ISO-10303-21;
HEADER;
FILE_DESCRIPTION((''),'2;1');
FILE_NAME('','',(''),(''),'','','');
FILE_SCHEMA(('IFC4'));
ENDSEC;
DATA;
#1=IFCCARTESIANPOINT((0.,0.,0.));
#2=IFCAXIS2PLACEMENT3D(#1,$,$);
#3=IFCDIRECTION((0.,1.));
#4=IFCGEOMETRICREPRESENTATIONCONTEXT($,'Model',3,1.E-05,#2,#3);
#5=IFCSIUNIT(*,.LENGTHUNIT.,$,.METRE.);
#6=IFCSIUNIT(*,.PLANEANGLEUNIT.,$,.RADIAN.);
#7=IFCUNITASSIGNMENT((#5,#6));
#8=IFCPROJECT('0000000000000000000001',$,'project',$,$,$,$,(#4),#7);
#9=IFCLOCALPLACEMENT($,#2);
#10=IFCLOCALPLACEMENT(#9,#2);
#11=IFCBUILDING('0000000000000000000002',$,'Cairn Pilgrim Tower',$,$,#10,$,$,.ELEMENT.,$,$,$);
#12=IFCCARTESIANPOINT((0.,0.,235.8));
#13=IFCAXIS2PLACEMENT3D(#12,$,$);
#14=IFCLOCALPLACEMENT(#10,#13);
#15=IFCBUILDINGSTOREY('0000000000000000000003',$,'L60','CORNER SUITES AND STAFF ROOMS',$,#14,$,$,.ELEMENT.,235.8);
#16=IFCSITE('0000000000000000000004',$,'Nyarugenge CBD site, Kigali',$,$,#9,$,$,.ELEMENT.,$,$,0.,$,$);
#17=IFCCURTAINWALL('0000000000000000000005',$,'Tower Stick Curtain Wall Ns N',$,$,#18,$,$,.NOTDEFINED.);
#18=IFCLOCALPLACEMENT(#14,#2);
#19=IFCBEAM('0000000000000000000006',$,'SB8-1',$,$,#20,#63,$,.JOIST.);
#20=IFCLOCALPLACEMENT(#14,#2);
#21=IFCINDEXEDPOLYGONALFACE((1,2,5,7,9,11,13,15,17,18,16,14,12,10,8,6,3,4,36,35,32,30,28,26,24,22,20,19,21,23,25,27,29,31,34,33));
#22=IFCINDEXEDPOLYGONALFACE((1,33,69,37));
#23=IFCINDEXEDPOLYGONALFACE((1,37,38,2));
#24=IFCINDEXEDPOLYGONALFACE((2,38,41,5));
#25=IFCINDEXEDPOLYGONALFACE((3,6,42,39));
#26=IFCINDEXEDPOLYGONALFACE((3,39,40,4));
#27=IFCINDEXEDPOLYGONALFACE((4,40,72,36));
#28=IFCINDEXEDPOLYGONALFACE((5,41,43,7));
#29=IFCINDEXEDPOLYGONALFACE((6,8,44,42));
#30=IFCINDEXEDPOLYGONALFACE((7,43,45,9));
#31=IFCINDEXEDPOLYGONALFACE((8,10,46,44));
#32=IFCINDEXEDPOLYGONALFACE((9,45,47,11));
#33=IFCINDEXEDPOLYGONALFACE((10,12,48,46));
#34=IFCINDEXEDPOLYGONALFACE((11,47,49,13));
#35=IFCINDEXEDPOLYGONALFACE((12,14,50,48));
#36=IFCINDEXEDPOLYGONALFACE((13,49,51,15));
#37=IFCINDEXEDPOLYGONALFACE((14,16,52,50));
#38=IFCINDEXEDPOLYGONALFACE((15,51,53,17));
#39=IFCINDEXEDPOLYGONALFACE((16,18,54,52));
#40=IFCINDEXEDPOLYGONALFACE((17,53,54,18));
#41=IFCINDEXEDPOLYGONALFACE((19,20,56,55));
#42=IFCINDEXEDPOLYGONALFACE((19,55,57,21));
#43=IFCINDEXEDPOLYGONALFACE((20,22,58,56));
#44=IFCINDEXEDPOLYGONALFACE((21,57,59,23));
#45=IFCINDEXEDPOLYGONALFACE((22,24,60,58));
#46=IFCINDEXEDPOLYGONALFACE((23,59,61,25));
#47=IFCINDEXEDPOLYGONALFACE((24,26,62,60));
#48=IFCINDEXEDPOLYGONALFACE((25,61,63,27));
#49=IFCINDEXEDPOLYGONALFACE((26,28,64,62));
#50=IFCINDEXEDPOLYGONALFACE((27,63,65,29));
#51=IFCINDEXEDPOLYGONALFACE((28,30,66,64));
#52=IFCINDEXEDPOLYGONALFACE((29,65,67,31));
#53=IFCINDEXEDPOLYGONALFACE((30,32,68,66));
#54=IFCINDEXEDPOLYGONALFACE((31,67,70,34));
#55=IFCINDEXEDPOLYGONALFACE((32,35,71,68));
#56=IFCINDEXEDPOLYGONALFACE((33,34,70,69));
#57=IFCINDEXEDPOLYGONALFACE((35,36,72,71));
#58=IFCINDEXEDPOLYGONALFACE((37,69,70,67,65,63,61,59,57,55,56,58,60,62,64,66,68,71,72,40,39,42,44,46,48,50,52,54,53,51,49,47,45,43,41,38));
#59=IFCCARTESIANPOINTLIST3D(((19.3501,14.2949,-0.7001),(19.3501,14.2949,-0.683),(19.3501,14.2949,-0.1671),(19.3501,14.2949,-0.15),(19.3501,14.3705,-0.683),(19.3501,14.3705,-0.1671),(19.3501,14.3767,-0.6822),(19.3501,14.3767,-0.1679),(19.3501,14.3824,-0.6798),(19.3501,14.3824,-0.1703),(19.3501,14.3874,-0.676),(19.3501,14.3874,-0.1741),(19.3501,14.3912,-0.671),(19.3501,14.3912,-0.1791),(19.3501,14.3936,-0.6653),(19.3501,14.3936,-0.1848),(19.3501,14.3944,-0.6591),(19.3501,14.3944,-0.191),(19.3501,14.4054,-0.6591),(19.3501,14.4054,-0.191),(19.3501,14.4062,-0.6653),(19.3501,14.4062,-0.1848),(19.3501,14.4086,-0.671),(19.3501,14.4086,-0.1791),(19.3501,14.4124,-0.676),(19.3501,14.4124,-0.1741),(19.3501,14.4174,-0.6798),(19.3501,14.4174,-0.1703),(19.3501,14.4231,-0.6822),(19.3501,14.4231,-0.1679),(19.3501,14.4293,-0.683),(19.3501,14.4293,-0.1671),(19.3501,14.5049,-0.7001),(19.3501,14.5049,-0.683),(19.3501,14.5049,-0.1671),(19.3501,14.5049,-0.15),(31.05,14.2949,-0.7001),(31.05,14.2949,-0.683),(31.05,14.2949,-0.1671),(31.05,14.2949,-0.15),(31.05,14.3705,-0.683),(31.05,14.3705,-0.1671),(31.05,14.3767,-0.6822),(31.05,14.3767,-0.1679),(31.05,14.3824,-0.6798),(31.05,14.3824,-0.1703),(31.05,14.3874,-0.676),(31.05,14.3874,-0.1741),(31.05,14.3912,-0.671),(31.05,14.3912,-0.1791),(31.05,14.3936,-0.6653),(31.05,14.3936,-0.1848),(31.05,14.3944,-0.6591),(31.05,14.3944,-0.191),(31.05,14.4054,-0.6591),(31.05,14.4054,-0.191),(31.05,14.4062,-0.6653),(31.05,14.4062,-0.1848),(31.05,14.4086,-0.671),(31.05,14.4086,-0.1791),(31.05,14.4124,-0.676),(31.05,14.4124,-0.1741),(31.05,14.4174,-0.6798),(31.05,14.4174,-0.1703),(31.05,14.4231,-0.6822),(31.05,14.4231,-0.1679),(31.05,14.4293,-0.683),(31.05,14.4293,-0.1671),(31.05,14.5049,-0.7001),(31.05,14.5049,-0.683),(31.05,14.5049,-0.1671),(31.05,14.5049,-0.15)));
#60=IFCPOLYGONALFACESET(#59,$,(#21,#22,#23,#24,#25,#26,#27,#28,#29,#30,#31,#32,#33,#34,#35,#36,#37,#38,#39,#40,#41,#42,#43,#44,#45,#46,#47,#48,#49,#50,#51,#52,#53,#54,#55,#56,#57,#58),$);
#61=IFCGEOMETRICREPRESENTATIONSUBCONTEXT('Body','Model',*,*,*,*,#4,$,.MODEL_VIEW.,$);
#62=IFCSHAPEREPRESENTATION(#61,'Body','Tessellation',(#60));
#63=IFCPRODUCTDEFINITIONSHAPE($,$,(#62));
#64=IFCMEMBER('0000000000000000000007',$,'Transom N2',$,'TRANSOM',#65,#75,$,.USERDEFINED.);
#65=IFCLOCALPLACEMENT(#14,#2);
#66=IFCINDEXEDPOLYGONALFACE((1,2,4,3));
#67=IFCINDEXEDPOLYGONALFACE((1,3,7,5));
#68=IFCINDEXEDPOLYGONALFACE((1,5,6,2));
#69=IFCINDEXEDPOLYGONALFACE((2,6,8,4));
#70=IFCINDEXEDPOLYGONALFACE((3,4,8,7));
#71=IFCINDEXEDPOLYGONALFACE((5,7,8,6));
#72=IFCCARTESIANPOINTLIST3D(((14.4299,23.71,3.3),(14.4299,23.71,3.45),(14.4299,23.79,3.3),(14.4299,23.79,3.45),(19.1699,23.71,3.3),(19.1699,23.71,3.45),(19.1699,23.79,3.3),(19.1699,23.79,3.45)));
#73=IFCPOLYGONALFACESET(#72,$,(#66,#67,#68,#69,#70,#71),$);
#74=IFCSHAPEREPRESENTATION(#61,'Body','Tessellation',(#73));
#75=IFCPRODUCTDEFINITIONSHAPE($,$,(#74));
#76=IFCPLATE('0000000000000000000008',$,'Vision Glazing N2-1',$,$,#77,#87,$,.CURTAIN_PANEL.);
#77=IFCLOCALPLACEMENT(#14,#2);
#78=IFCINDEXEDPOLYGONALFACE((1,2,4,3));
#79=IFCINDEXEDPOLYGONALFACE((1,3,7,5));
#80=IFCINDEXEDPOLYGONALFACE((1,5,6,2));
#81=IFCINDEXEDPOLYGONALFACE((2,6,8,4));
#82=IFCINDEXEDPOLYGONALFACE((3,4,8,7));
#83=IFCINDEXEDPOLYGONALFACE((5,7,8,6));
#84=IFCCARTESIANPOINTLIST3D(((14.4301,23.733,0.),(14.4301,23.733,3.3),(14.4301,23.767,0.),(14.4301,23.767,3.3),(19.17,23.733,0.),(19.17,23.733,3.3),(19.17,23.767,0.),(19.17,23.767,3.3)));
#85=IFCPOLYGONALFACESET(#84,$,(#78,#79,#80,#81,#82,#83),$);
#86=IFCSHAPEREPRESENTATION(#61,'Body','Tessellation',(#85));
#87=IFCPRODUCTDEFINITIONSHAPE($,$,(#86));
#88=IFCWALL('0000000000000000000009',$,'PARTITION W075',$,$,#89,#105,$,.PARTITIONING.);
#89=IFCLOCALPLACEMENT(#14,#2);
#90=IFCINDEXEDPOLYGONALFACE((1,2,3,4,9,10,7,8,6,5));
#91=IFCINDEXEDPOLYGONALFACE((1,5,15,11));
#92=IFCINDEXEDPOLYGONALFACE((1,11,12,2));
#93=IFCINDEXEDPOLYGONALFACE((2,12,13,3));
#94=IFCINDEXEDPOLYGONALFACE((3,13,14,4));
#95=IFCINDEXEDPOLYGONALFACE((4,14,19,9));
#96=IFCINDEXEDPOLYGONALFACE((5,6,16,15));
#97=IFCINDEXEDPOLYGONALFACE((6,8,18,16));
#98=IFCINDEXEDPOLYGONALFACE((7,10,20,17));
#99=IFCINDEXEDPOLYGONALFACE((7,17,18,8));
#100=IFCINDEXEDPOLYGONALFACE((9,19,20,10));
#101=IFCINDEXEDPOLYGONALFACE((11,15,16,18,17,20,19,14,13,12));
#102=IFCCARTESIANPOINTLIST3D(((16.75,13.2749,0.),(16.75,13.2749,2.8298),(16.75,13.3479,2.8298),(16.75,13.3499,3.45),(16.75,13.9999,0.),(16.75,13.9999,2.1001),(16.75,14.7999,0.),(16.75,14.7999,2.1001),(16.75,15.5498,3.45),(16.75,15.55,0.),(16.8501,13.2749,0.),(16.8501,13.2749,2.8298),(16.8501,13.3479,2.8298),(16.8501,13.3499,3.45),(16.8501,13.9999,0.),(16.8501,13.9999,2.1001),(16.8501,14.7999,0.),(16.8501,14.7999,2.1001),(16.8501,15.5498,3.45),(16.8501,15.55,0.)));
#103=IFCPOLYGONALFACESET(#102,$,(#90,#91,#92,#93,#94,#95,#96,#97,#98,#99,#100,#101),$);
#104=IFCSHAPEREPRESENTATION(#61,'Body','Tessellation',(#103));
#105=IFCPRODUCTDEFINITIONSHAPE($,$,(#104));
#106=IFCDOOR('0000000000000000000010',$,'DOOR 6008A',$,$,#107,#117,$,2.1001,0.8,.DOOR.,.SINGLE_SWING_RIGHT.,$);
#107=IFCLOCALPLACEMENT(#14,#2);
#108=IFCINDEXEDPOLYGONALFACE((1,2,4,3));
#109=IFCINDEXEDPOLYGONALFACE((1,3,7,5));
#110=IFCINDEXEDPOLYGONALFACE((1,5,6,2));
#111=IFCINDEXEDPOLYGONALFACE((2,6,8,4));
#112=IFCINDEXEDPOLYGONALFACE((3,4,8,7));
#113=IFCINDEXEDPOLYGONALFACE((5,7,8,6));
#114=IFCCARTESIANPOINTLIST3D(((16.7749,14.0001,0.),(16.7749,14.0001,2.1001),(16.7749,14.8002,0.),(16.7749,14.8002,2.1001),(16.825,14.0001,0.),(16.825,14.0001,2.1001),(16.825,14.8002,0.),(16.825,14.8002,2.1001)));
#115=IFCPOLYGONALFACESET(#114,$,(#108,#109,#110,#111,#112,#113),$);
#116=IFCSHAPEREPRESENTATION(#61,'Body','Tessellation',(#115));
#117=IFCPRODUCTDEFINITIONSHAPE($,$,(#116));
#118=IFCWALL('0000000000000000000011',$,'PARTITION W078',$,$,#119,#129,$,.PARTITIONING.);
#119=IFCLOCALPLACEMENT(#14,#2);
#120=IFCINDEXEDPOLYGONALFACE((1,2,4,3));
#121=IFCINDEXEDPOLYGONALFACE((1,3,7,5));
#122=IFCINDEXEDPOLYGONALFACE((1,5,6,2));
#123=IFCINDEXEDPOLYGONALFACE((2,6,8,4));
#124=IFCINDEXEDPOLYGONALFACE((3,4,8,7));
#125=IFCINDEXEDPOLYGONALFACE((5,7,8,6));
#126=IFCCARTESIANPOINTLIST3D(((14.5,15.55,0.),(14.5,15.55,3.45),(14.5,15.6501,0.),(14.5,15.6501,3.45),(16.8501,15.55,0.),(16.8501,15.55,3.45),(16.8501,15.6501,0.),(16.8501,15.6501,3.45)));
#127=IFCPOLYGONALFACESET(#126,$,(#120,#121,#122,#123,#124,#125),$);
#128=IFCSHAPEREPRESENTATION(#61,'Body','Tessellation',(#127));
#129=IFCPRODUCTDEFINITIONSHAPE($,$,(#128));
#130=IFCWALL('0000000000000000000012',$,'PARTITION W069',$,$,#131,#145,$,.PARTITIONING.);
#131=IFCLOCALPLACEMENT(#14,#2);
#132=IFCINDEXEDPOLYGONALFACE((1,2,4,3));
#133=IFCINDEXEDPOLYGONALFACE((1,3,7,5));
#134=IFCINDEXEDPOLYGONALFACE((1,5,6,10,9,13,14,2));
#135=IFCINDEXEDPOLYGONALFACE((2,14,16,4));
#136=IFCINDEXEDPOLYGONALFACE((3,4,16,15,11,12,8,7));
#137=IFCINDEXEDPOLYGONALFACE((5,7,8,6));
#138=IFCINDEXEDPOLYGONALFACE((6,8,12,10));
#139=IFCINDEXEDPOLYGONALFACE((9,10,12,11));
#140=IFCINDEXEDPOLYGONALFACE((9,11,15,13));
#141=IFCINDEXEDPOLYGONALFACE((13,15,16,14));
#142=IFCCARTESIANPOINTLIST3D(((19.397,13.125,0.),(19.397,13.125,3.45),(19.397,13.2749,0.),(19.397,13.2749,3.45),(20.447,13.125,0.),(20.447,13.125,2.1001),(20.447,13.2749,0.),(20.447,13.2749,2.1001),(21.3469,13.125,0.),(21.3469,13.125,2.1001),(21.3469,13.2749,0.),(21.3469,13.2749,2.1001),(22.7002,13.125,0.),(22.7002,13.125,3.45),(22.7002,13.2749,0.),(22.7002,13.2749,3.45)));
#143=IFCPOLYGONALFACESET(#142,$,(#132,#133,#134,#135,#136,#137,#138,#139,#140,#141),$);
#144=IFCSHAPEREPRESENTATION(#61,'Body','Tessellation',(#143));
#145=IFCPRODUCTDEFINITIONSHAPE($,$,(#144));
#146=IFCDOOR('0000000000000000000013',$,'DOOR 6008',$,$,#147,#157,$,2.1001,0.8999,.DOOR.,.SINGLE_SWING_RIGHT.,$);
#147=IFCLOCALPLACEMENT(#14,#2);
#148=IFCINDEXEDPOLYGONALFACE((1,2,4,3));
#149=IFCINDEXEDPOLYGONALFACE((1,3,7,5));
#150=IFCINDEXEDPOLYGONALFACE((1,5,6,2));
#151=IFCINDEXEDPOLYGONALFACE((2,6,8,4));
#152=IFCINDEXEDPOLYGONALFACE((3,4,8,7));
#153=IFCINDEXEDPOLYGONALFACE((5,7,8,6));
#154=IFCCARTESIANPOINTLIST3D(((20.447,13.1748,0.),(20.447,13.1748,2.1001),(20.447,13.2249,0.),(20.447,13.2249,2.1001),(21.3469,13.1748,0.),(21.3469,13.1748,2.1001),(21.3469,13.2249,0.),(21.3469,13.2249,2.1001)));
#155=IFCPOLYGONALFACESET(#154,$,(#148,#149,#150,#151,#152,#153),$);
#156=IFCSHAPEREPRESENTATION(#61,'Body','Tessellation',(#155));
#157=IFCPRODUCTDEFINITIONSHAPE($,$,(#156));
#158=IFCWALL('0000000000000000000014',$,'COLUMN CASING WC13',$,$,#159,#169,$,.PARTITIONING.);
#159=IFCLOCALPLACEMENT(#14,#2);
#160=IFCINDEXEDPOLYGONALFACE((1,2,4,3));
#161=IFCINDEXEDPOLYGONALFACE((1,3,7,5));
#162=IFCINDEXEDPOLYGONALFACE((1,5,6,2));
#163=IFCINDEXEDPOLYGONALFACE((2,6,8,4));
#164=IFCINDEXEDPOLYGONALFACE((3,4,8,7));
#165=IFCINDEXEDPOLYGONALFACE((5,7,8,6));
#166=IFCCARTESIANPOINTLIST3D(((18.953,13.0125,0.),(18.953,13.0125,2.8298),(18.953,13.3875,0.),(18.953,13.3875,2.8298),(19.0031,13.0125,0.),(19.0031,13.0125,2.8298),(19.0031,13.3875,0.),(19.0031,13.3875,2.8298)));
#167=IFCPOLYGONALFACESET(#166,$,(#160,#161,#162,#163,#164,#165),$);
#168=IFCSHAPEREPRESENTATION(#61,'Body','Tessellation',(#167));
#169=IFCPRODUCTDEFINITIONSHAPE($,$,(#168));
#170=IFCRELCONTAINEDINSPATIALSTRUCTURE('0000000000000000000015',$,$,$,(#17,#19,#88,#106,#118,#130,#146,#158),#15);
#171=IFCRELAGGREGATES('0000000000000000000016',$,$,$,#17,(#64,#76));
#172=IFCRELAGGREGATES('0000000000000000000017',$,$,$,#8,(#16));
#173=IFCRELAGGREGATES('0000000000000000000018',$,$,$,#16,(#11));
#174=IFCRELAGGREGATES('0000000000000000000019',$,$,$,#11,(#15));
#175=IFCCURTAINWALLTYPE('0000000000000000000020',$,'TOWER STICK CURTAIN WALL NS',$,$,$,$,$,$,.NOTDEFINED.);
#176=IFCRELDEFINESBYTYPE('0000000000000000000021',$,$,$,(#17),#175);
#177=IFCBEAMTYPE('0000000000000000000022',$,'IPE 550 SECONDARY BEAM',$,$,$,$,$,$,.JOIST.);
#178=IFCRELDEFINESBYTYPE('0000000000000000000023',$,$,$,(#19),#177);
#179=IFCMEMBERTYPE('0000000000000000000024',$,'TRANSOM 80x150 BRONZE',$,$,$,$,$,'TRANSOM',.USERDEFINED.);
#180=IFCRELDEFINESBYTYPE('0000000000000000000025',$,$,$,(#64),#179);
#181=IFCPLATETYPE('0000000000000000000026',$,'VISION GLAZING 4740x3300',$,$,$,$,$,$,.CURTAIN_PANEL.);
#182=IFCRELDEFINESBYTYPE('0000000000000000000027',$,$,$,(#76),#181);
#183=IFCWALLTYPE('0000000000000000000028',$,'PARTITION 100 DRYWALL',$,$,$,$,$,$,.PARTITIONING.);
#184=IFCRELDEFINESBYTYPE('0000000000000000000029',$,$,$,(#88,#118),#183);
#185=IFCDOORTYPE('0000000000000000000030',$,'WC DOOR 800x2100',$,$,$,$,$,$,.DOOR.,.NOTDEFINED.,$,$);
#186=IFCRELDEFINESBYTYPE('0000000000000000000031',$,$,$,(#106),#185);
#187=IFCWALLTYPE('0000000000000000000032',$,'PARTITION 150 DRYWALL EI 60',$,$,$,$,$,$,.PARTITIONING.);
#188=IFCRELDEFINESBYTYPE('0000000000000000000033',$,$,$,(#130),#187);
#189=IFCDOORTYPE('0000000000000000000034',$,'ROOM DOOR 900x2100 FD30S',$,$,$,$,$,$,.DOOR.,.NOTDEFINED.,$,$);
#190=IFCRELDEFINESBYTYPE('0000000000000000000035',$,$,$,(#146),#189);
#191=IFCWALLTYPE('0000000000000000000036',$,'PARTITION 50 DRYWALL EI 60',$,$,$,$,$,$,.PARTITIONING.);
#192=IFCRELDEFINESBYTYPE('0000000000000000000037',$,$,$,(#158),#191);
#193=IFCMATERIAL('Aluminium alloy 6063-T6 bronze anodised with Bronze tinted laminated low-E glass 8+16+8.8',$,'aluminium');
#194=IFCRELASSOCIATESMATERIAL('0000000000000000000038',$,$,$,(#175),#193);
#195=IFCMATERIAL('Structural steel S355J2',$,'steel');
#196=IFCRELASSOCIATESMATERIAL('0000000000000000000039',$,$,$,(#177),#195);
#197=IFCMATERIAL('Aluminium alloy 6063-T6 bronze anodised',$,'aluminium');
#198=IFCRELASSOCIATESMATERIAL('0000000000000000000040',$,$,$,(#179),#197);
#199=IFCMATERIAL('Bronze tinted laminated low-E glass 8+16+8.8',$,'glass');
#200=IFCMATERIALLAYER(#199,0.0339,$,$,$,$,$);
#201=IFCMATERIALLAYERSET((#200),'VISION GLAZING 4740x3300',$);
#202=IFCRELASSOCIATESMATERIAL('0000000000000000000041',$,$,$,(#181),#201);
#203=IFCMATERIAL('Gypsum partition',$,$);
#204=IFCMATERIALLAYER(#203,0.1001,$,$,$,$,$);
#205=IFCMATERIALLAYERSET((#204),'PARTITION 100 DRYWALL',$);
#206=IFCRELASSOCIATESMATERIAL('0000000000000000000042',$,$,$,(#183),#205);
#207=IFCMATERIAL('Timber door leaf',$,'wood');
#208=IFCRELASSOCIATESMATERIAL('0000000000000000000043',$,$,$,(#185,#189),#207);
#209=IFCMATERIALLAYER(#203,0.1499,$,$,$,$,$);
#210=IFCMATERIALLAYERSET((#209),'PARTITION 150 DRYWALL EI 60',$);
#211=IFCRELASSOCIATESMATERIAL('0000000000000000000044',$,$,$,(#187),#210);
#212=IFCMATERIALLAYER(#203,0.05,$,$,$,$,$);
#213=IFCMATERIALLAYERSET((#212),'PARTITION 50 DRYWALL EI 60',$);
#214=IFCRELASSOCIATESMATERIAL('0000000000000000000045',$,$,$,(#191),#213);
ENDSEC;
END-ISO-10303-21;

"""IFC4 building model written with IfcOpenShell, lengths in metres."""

from ifc_helpers import new_model, si_unit, direction, frame, frame_2d, origin, origin_2d, place, context, subcontext, project, spatial, polyline, rectangle, i_section, outline, extrude, material, layer, layer_set, material_profile, profile_set, type_object, element, fill, aggregate, save


model = new_model("IFC4")

# Units and contexts
model_context = context("Model", 3, precision=1e-05, world=origin(), true_north=direction((0.0, 1.0)))
body_context = subcontext(model_context, "Body", "Model", "MODEL_VIEW")
ifc_project = project(units=[si_unit("LENGTHUNIT", "METRE"), si_unit("PLANEANGLEUNIT", "RADIAN")], contexts=[model_context])

# Site, building, storey
site_placement = place(None, origin())
site = spatial("IfcSite", under=ifc_project, at=site_placement, Name="Nyarugenge CBD site, Kigali", CompositionType="ELEMENT", RefElevation=0.0)
building_placement = place(site_placement, origin())
building = spatial("IfcBuilding", under=site, at=building_placement, Name="Cairn Pilgrim Tower", CompositionType="ELEMENT")
storey_placement = place(building_placement, frame((0.0, 0.0, 235.8)))
storey = spatial("IfcBuildingStorey", under=building, at=storey_placement, Name="L60", Description="CORNER SUITES AND STAFF ROOMS", CompositionType="ELEMENT", Elevation=235.8)

# Shared definitions
ifc_material_1 = material(Name="Structural steel S355J2", Category="steel")

# Curtain wall
ifc_material_2 = material(Name="Aluminium alloy 6063-T6 bronze anodised with Bronze tinted laminated low-E glass 8+16+8.8", Category="aluminium")
curtain_wall_type = type_object("IfcCurtainWallType", Name="TOWER STICK CURTAIN WALL NS", PredefinedType="NOTDEFINED", material=ifc_material_2)
curtain_wall_placement = place(storey_placement, origin())
curtain_wall = element("IfcCurtainWall", 1, at=curtain_wall_placement, inside=storey, type_object=curtain_wall_type, Name="Tower Stick Curtain Wall Ns N", PredefinedType="NOTDEFINED")
ifc_material_3 = material(Name="Aluminium alloy 6063-T6 bronze anodised", Category="aluminium")

# Beam
ifc_material_profile_1 = material_profile(ifc_material_1, i_section(OverallWidth=0.21, OverallDepth=0.55, WebThickness=0.011, FlangeThickness=0.0171, FilletRadius=0.0239, at=origin_2d()), Name="IPE 550")
ifc_profile_set_1 = profile_set([ifc_material_profile_1], Name="Structural steel S355J2")
beam_type_1 = type_object("IfcBeamType", Name="IPE 550 SECONDARY BEAM", PredefinedType="JOIST", material=ifc_profile_set_1)
beam_1_placement = place(storey_placement, frame((19.3501, 14.3999, -0.425), z_axis=(1.0, 0.0, 0.0), x_axis=(0.0, 1.0, 0.0)))
element("IfcBeam", 2, at=beam_1_placement, inside=storey, type_object=beam_type_1, Name="SB8-1", PredefinedType="JOIST", context=body_context, shape_type="SweptSolid", body=[
    extrude(i_section(OverallWidth=0.21, OverallDepth=0.55, WebThickness=0.011, FlangeThickness=0.0171, FilletRadius=0.0239, at=origin_2d()), origin(), (0.0, 0.0, 1.0), 11.7),
])

# Member
ifc_material_profile_2 = material_profile(ifc_material_3, rectangle(XDim=0.0801, YDim=0.1499, at=origin_2d()), Name="TRANSOM 80x150 BRONZE")
ifc_profile_set_2 = profile_set([ifc_material_profile_2], Name="Aluminium alloy 6063-T6 bronze anodised")
member_type_1 = type_object("IfcMemberType", Name="TRANSOM 80x150 BRONZE", ElementType="TRANSOM", PredefinedType="USERDEFINED", material=ifc_profile_set_2)
member_1_placement = place(storey_placement, frame((19.1699, 23.75, 3.375), z_axis=(-1.0, 0.0, 0.0), x_axis=(0.0, -1.0, 0.0)))
member_1 = element("IfcMember", 3, at=member_1_placement, type_object=member_type_1, Name="Transom N2", ObjectType="TRANSOM", PredefinedType="USERDEFINED", context=body_context, shape_type="SweptSolid", body=[
    extrude(rectangle(XDim=0.0801, YDim=0.1499, at=origin_2d()), origin(), (0.0, 0.0, 1.0), 4.74),
])

# Plate
ifc_material_4 = material(Name="Bronze tinted laminated low-E glass 8+16+8.8", Category="glass")
ifc_layer_1 = layer(ifc_material_4, 0.0339)
ifc_layer_set_1 = layer_set([ifc_layer_1], Name="VISION GLAZING 4740x3300")
plate_type = type_object("IfcPlateType", Name="VISION GLAZING 4740x3300", PredefinedType="CURTAIN_PANEL", material=ifc_layer_set_1)
plate_placement = place(storey_placement, frame((16.8, 23.75, 0.0), z_axis=(0.0, 0.0, 1.0), x_axis=(-1.0, 0.0, 0.0)))
plate = element("IfcPlate", 4, at=plate_placement, type_object=plate_type, Name="Vision Glazing N2-1", PredefinedType="CURTAIN_PANEL", context=body_context, shape_type="SweptSolid", body=[
    extrude(rectangle(XDim=4.74, YDim=0.0339, at=origin_2d()), origin(), (0.0, 0.0, 1.0), 3.3),
])
aggregate(curtain_wall, [member_1, plate])

# Wall, opening, door
ifc_material_5 = material(Name="Gypsum partition")
ifc_layer_2 = layer(ifc_material_5, 0.1001)
ifc_layer_set_2 = layer_set([ifc_layer_2], Name="PARTITION 100 DRYWALL")
wall_type_1 = type_object("IfcWallType", Name="PARTITION 100 DRYWALL", PredefinedType="PARTITIONING", material=ifc_layer_set_2)
wall_1_placement = place(storey_placement, frame((16.8, 13.2749, 0.0), z_axis=(0.0, 0.0, 1.0), x_axis=(0.0, 1.0, 0.0)))
wall_1 = element("IfcWall", 5, at=wall_1_placement, inside=storey, type_object=wall_type_1, Name="PARTITION W075", PredefinedType="PARTITIONING", context=body_context, shape_type="SweptSolid", body=[
    extrude(outline(polyline([(0.0, 0.0), (2.2751, 0.0), (2.2749, 3.45), (0.075, 3.45), (0.073, 2.8298), (0.0, 2.8298), (0.0, 0.0)])), frame((0.0, 0.05, 0.0), z_axis=(0.0, -1.0, 0.0), x_axis=(1.0, 0.0, 0.0)), (0.0, 0.0, 1.0), 0.1001),
])
opening_1_placement = place(wall_1_placement, frame((0.7251, 0.0, 0.0)))
opening_1 = element("IfcOpeningElement", 6, at=opening_1_placement, cuts=wall_1, PredefinedType="OPENING", context=body_context, shape_type="SweptSolid", body=[
    extrude(rectangle(XDim=0.8, YDim=2.1001, at=frame_2d((0.3999, 1.05))), frame((0.0, 0.0601, 0.0), z_axis=(0.0, -1.0, 0.0), x_axis=(1.0, 0.0, 0.0)), (0.0, 0.0, 1.0), 0.1201),
])
ifc_material_6 = material(Name="Timber door leaf", Category="wood")
door_type_1 = type_object("IfcDoorType", Name="WC DOOR 800x2100", OperationType="NOTDEFINED", PredefinedType="DOOR", material=ifc_material_6)
door_1_placement = place(opening_1_placement, frame((0.8, 0.0, 0.0), z_axis=(0.0, 0.0, 1.0), x_axis=(-1.0, 0.0, 0.0)))
door_1 = element("IfcDoor", 7, at=door_1_placement, inside=storey, type_object=door_type_1, Name="DOOR 6008A", OperationType="SINGLE_SWING_RIGHT", OverallHeight=2.1001, OverallWidth=0.8, PredefinedType="DOOR", context=body_context, shape_type="SweptSolid", body=[
    extrude(rectangle(XDim=0.8, YDim=2.1001, at=frame_2d((0.3999, 1.05))), frame((0.0, 0.0249, 0.0), z_axis=(0.0, -1.0, 0.0), x_axis=(1.0, 0.0, 0.0)), (0.0, 0.0, 1.0), 0.05),
])
fill(opening_1, door_1)

# Wall
wall_2_placement = place(storey_placement, frame((14.5, 15.6001, 0.0), z_axis=(0.0, 0.0, 1.0), x_axis=(1.0, 0.0, 0.0)))
element("IfcWall", 8, at=wall_2_placement, inside=storey, type_object=wall_type_1, Name="PARTITION W078", PredefinedType="PARTITIONING", context=body_context, shape_type="SweptSolid", body=[
    extrude(rectangle(XDim=2.3501, YDim=0.1001, at=frame_2d((1.175, 0.0))), origin(), (0.0, 0.0, 1.0), 3.45),
])

# Wall, opening, door
ifc_layer_3 = layer(ifc_material_5, 0.1499)
ifc_layer_set_3 = layer_set([ifc_layer_3], Name="PARTITION 150 DRYWALL EI 60")
wall_type_2 = type_object("IfcWallType", Name="PARTITION 150 DRYWALL EI 60", PredefinedType="PARTITIONING", material=ifc_layer_set_3)
wall_3_placement = place(storey_placement, frame((19.397, 13.2, 0.0), z_axis=(0.0, 0.0, 1.0), x_axis=(1.0, 0.0, 0.0)))
wall_3 = element("IfcWall", 9, at=wall_3_placement, inside=storey, type_object=wall_type_2, Name="PARTITION W069", PredefinedType="PARTITIONING", context=body_context, shape_type="SweptSolid", body=[
    extrude(rectangle(XDim=3.3032, YDim=0.1499, at=frame_2d((1.6516, 0.0))), origin(), (0.0, 0.0, 1.0), 3.45),
])
opening_2_placement = place(wall_3_placement, frame((1.05, 0.0, 0.0)))
opening_2 = element("IfcOpeningElement", 10, at=opening_2_placement, cuts=wall_3, PredefinedType="OPENING", context=body_context, shape_type="SweptSolid", body=[
    extrude(rectangle(XDim=0.8999, YDim=2.1001, at=frame_2d((0.45, 1.05))), frame((0.0, 0.085, 0.0), z_axis=(0.0, -1.0, 0.0), x_axis=(1.0, 0.0, 0.0)), (0.0, 0.0, 1.0), 0.1699),
])
door_type_2 = type_object("IfcDoorType", Name="ROOM DOOR 900x2100 FD30S", OperationType="NOTDEFINED", PredefinedType="DOOR", material=ifc_material_6)
door_2_placement = place(opening_2_placement, origin())
door_2 = element("IfcDoor", 11, at=door_2_placement, inside=storey, type_object=door_type_2, Name="DOOR 6008", OperationType="SINGLE_SWING_RIGHT", OverallHeight=2.1001, OverallWidth=0.8999, PredefinedType="DOOR", context=body_context, shape_type="SweptSolid", body=[
    extrude(rectangle(XDim=0.8999, YDim=2.1001, at=frame_2d((0.45, 1.05))), frame((0.0, 0.0249, 0.0), z_axis=(0.0, -1.0, 0.0), x_axis=(1.0, 0.0, 0.0)), (0.0, 0.0, 1.0), 0.05),
])
fill(opening_2, door_2)

# Wall
ifc_layer_4 = layer(ifc_material_5, 0.05)
ifc_layer_set_4 = layer_set([ifc_layer_4], Name="PARTITION 50 DRYWALL EI 60")
wall_type_3 = type_object("IfcWallType", Name="PARTITION 50 DRYWALL EI 60", PredefinedType="PARTITIONING", material=ifc_layer_set_4)
wall_4_placement = place(storey_placement, frame((18.978, 13.0125, 0.0), z_axis=(0.0, 0.0, 1.0), x_axis=(0.0, 1.0, 0.0)))
element("IfcWall", 12, at=wall_4_placement, inside=storey, type_object=wall_type_3, Name="COLUMN CASING WC13", PredefinedType="PARTITIONING", context=body_context, shape_type="SweptSolid", body=[
    extrude(rectangle(XDim=0.375, YDim=0.05, at=frame_2d((0.1875, 0.0))), origin(), (0.0, 0.0, 1.0), 2.8298),
])

save(model, "model.ifc")
